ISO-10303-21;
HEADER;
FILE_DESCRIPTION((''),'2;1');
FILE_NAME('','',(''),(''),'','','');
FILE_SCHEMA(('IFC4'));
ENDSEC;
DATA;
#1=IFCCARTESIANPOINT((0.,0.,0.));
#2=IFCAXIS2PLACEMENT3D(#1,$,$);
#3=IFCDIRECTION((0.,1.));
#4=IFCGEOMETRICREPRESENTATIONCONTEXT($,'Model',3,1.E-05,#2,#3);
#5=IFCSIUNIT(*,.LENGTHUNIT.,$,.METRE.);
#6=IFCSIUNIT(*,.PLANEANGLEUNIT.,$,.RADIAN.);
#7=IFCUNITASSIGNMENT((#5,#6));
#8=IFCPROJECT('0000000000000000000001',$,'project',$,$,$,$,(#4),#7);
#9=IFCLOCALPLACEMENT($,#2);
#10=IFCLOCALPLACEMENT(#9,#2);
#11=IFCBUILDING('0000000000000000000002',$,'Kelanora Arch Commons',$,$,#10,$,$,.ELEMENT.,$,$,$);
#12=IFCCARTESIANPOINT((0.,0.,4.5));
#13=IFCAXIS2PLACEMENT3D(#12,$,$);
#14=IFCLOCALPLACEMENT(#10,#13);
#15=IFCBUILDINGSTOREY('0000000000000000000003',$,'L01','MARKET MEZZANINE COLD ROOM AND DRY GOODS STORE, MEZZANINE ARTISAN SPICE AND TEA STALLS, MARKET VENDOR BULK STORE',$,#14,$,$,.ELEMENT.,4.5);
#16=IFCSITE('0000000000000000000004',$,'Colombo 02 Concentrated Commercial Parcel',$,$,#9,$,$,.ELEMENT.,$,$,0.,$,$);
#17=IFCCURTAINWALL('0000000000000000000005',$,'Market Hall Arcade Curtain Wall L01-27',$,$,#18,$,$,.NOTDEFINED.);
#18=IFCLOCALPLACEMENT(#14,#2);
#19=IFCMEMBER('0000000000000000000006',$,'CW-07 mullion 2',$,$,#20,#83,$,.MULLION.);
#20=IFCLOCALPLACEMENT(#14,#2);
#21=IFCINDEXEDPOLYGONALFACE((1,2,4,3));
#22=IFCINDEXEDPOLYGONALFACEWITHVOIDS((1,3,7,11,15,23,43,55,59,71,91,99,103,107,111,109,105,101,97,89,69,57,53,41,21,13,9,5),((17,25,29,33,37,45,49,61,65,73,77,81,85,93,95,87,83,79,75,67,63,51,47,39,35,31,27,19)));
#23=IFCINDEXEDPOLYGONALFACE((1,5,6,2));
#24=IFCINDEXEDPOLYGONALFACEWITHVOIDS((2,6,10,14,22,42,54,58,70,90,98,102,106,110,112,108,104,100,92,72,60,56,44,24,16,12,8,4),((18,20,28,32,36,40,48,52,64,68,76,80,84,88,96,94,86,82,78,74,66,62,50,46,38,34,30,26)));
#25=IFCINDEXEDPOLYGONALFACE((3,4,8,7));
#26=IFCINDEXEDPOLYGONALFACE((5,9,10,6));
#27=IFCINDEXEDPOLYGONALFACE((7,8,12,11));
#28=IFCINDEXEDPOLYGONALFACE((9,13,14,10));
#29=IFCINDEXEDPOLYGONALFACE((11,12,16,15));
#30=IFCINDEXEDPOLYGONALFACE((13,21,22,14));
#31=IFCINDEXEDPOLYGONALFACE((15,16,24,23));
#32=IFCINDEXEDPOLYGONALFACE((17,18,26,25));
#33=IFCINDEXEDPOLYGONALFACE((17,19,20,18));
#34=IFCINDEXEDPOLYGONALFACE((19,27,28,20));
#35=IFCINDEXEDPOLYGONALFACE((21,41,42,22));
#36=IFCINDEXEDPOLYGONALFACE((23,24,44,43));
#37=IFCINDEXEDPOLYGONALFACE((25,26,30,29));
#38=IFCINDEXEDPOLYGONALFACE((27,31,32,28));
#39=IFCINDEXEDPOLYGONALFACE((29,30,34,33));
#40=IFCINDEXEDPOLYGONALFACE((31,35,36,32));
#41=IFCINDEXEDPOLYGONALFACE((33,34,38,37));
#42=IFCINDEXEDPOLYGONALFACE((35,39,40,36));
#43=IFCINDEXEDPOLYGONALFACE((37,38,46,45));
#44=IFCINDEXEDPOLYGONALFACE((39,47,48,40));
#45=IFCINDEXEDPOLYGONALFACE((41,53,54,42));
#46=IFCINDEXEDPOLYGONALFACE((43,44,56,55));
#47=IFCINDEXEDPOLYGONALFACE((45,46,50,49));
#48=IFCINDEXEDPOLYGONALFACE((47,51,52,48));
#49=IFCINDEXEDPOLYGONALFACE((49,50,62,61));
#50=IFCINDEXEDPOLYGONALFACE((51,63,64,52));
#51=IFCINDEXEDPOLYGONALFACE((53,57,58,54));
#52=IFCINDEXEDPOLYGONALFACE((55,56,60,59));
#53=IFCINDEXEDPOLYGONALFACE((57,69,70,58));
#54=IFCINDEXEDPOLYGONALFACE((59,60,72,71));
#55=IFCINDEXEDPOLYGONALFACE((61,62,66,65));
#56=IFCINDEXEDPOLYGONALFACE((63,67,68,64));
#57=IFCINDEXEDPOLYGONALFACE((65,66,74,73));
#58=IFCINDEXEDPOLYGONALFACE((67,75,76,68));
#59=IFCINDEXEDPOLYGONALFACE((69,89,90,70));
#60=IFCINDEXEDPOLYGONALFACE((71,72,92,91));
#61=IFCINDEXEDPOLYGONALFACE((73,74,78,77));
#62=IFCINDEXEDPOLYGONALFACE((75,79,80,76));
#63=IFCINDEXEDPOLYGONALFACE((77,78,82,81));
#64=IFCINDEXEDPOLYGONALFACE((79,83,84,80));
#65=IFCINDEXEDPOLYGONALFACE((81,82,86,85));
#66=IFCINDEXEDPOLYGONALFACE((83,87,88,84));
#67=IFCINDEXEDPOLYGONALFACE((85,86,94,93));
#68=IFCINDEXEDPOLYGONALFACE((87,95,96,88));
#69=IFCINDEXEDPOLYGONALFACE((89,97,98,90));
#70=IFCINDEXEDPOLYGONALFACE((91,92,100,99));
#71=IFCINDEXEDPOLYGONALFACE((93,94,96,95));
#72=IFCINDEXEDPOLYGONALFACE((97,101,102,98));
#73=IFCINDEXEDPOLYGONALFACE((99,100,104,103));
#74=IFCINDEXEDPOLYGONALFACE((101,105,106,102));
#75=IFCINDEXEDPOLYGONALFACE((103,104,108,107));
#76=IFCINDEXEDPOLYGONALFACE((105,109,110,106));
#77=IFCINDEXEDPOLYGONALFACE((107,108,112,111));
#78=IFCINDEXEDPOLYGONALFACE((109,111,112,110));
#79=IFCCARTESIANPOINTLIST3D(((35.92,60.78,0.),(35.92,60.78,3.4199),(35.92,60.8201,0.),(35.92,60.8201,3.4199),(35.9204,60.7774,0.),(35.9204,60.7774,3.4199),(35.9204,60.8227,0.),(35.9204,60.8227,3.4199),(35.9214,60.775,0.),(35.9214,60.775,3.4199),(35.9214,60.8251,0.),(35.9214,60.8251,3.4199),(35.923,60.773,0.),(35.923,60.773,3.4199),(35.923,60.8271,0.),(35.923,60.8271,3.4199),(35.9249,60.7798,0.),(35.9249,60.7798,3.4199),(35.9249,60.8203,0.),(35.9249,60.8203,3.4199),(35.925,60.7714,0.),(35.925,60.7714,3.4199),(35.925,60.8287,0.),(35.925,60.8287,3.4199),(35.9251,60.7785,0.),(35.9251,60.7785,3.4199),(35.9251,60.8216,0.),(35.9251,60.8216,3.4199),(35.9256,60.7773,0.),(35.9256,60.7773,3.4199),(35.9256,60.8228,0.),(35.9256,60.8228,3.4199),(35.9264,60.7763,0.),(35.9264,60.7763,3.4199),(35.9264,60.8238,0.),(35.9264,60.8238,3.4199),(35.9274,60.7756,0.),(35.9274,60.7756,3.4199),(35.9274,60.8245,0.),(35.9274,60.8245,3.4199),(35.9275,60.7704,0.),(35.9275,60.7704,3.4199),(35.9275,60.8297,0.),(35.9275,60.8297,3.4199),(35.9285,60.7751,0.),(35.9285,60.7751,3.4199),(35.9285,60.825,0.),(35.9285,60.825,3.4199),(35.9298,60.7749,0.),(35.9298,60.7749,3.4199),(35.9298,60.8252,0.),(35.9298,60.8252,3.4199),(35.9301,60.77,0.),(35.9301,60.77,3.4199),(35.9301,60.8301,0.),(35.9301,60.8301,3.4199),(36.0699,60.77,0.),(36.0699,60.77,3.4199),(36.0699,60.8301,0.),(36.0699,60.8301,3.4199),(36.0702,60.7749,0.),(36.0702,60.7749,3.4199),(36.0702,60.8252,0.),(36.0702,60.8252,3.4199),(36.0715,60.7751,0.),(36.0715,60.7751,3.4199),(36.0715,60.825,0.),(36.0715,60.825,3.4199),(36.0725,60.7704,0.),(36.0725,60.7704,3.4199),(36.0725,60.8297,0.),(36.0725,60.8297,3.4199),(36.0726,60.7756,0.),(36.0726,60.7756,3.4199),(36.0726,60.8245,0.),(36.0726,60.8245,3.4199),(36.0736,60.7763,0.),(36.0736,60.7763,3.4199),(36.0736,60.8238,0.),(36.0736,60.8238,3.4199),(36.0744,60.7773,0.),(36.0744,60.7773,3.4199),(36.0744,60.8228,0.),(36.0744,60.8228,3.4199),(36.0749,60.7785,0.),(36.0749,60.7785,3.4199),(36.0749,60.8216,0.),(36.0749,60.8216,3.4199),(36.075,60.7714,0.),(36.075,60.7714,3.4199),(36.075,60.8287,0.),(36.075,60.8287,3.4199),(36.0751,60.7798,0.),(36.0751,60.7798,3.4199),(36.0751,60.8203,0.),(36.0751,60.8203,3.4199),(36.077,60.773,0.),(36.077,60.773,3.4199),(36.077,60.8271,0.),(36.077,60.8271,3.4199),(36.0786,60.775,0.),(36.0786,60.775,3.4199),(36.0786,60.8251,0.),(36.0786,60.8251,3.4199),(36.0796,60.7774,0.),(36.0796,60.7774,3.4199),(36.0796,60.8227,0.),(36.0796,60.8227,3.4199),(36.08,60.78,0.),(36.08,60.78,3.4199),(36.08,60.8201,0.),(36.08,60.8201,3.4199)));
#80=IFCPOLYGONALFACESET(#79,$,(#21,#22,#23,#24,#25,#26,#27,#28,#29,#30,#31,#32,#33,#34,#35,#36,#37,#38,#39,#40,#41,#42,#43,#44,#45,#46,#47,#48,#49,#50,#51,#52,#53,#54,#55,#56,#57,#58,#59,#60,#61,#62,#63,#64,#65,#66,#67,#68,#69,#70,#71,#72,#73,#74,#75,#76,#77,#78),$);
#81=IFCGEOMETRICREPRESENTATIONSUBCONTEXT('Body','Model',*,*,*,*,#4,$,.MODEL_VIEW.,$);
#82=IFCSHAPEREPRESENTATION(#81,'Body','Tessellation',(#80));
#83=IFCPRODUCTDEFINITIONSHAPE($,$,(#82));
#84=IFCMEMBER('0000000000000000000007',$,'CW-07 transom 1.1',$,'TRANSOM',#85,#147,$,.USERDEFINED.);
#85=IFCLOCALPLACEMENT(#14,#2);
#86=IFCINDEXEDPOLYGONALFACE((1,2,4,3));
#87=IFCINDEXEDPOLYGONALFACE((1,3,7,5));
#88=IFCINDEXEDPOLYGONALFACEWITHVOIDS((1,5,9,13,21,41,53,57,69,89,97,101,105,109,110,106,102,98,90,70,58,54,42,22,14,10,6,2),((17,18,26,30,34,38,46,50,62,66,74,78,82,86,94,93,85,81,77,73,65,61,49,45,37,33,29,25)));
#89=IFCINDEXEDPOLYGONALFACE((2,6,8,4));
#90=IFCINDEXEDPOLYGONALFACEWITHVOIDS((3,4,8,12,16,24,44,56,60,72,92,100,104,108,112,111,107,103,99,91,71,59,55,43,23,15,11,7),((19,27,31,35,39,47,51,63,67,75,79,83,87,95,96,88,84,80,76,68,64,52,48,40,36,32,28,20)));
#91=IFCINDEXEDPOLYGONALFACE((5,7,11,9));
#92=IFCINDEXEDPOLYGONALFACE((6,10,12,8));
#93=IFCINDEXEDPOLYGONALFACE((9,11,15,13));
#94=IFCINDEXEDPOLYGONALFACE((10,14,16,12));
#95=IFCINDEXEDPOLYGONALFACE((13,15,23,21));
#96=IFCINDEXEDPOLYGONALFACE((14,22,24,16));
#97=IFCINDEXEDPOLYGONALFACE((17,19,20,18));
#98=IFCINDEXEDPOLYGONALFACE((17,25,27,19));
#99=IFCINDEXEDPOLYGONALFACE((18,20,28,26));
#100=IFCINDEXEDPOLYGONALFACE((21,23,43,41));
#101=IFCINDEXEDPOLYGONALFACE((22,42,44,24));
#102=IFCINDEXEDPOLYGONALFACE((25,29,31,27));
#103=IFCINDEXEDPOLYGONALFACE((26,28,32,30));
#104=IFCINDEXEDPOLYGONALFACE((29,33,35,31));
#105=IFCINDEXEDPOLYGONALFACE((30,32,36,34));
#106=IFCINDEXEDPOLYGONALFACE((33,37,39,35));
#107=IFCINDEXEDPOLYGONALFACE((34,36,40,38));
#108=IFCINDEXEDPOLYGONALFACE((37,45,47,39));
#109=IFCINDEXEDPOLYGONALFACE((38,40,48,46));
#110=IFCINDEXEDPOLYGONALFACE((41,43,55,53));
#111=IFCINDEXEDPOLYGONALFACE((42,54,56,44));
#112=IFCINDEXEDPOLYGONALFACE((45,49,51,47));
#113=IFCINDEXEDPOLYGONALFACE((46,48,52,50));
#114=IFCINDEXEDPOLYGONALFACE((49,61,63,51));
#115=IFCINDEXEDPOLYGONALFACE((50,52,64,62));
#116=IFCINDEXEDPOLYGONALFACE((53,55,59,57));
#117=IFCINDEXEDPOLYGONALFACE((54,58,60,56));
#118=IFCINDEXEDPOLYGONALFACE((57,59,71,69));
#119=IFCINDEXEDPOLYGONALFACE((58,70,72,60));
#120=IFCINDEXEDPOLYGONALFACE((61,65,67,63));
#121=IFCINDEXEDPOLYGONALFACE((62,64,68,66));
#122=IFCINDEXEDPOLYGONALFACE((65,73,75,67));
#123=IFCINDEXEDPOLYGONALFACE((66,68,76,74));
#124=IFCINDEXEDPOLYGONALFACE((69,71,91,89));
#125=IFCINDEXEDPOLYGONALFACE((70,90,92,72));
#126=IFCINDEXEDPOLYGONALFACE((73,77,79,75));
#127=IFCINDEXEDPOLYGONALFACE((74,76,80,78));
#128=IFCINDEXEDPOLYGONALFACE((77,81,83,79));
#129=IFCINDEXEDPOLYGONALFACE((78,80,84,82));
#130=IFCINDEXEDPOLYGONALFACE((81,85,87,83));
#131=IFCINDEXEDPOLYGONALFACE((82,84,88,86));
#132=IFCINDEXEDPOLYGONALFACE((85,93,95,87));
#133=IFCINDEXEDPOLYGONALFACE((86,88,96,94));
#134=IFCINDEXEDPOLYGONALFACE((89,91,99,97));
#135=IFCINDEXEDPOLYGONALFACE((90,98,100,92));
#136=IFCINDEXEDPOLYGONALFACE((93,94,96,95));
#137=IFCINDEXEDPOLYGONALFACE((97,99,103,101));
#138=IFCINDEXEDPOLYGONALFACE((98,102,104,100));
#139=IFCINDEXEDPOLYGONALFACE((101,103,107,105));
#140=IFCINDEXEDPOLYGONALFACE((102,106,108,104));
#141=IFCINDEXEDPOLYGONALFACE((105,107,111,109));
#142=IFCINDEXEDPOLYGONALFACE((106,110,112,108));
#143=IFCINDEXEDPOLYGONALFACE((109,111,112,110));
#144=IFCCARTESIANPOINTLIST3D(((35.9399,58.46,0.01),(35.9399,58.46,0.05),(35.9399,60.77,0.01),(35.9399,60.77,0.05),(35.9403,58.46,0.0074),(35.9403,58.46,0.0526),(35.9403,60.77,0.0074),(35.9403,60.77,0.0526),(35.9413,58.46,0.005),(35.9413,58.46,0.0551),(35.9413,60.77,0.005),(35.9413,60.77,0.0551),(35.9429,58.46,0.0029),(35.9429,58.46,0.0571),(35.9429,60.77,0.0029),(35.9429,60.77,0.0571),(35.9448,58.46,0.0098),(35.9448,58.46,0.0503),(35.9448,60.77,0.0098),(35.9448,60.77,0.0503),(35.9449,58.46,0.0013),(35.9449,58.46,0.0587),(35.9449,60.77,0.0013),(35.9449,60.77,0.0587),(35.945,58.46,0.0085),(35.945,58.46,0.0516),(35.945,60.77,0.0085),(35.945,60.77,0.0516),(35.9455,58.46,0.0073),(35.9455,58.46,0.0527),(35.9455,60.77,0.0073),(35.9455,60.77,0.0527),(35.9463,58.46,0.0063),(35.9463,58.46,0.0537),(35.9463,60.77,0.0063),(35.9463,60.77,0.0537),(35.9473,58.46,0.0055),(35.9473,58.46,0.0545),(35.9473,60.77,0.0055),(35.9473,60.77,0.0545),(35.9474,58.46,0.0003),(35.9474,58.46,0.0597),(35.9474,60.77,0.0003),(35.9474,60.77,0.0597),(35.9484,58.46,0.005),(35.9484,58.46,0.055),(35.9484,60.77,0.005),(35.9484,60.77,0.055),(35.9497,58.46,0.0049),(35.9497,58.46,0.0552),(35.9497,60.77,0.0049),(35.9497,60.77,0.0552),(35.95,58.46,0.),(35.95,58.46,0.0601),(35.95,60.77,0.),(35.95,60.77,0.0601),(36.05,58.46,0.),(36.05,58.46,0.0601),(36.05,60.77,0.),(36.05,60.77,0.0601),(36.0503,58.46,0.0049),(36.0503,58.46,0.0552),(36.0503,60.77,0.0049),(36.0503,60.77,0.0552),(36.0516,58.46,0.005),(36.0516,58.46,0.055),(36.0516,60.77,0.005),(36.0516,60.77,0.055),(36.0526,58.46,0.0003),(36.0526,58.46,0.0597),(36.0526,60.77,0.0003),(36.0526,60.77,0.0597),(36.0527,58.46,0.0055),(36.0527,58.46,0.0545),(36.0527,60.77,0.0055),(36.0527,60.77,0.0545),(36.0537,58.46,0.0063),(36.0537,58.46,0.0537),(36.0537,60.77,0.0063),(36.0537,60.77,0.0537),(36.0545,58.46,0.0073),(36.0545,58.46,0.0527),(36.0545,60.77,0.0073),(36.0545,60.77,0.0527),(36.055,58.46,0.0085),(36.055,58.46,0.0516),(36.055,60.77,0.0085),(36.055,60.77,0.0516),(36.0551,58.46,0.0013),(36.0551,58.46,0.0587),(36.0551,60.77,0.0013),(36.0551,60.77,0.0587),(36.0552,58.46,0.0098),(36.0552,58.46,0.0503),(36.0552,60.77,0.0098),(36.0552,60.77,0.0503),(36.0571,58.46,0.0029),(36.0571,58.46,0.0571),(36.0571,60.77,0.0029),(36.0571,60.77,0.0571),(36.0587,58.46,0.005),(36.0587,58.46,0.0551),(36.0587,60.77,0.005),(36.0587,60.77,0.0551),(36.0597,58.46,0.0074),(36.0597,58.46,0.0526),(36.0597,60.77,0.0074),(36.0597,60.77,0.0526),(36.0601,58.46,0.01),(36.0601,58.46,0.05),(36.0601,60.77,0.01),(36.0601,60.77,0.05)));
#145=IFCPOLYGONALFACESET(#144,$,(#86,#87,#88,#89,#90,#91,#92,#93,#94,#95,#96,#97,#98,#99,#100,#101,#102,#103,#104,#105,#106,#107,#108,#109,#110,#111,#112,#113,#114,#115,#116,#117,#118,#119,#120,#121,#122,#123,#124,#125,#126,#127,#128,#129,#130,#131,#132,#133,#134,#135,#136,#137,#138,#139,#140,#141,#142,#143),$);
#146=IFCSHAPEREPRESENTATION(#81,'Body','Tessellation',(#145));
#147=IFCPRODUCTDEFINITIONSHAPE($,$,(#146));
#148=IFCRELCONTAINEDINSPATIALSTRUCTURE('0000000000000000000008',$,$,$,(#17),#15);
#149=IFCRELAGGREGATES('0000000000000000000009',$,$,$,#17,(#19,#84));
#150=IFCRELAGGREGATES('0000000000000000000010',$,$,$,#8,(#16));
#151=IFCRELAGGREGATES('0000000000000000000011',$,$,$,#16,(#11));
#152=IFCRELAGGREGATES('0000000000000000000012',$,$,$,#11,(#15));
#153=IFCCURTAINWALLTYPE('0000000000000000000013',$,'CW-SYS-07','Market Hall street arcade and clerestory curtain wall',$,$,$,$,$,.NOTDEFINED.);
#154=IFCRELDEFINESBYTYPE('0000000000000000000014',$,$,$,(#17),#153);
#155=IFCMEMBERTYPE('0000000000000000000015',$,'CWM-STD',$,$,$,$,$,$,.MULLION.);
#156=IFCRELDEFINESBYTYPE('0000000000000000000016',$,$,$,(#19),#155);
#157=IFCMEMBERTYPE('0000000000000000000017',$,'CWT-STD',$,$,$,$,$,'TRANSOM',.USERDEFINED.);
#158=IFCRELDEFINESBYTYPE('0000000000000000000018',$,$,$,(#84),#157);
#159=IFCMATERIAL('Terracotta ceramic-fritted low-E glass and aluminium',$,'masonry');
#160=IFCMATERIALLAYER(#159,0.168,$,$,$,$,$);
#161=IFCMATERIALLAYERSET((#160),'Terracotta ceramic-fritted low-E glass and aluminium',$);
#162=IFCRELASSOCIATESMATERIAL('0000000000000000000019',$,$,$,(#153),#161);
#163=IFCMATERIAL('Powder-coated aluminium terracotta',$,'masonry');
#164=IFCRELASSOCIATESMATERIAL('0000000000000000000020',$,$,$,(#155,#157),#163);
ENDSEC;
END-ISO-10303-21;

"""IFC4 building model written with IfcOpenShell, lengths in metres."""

from ifc_helpers import new_model, si_unit, direction, frame, origin, origin_2d, place, context, subcontext, project, spatial, hollow_rectangle, extrude, material, layer, layer_set, material_profile, profile_set, type_object, element, aggregate, save


model = new_model("IFC4")

# Units and contexts
model_context = context("Model", 3, precision=1e-05, world=origin(), true_north=direction((0.0, 1.0)))
body_context = subcontext(model_context, "Body", "Model", "MODEL_VIEW")
ifc_project = project(units=[si_unit("LENGTHUNIT", "METRE"), si_unit("PLANEANGLEUNIT", "RADIAN")], contexts=[model_context])

# Site, building, storey
site_placement = place(None, origin())
site = spatial("IfcSite", under=ifc_project, at=site_placement, Name="Colombo 02 Concentrated Commercial Parcel", CompositionType="ELEMENT", RefElevation=0.0)
building_placement = place(site_placement, origin())
building = spatial("IfcBuilding", under=site, at=building_placement, Name="Kelanora Arch Commons", CompositionType="ELEMENT")
storey_placement = place(building_placement, frame((0.0, 0.0, 4.5)))
storey = spatial("IfcBuildingStorey", under=building, at=storey_placement, Name="L01", Description="MARKET MEZZANINE COLD ROOM AND DRY GOODS STORE, MEZZANINE ARTISAN SPICE AND TEA STALLS, MARKET VENDOR BULK STORE", CompositionType="ELEMENT", Elevation=4.5)

# Curtain wall, members
ifc_material_1 = material(Name="Terracotta ceramic-fritted low-E glass and aluminium", Category="masonry")
ifc_layer_1 = layer(ifc_material_1, 0.168)
ifc_layer_set_1 = layer_set([ifc_layer_1], Name="Terracotta ceramic-fritted low-E glass and aluminium")
curtain_wall_type = type_object("IfcCurtainWallType", Name="CW-SYS-07", Description="Market Hall street arcade and clerestory curtain wall", PredefinedType="NOTDEFINED", material=ifc_layer_set_1)
curtain_wall_placement = place(storey_placement, origin())
curtain_wall = element("IfcCurtainWall", 1, at=curtain_wall_placement, inside=storey, type_object=curtain_wall_type, Name="Market Hall Arcade Curtain Wall L01-27", PredefinedType="NOTDEFINED")
ifc_material_2 = material(Name="Powder-coated aluminium terracotta", Category="masonry")
ifc_material_profile_1 = material_profile(ifc_material_2, hollow_rectangle(XDim=0.1599, YDim=0.0601, WallThickness=0.0049, InnerFilletRadius=0.0049, OuterFilletRadius=0.01, at=origin_2d()), Name="CWM160x60")
ifc_profile_set_1 = profile_set([ifc_material_profile_1], Name="Powder-coated aluminium terracotta")
member_type_1 = type_object("IfcMemberType", Name="CWM-STD", PredefinedType="MULLION", material=ifc_profile_set_1)
member_1_placement = place(storey_placement, frame((36.0, 60.8, 0.0), z_axis=(0.0, 0.0, 1.0), x_axis=(-1.0, 0.0, 0.0)))
member_1 = element("IfcMember", 2, at=member_1_placement, type_object=member_type_1, Name="CW-07 mullion 2", PredefinedType="MULLION", context=body_context, shape_type="SweptSolid", body=[
    extrude(hollow_rectangle(XDim=0.1599, YDim=0.0601, WallThickness=0.0049, InnerFilletRadius=0.0049, OuterFilletRadius=0.01, at=origin_2d()), origin(), (0.0, 0.0, 1.0), 3.4199),
])
ifc_material_profile_2 = material_profile(ifc_material_2, hollow_rectangle(XDim=0.1201, YDim=0.0601, WallThickness=0.0049, InnerFilletRadius=0.0049, OuterFilletRadius=0.01, at=origin_2d()), Name="CWT120x60")
ifc_profile_set_2 = profile_set([ifc_material_profile_2], Name="Powder-coated aluminium terracotta")
member_type_2 = type_object("IfcMemberType", Name="CWT-STD", ElementType="TRANSOM", PredefinedType="USERDEFINED", material=ifc_profile_set_2)
member_2_placement = place(storey_placement, frame((36.0, 58.46, 0.03), z_axis=(0.0, 1.0, 0.0), x_axis=(-1.0, 0.0, 0.0)))
member_2 = element("IfcMember", 3, at=member_2_placement, type_object=member_type_2, Name="CW-07 transom 1.1", ObjectType="TRANSOM", PredefinedType="USERDEFINED", context=body_context, shape_type="SweptSolid", body=[
    extrude(hollow_rectangle(XDim=0.1201, YDim=0.0601, WallThickness=0.0049, InnerFilletRadius=0.0049, OuterFilletRadius=0.01, at=origin_2d()), origin(), (0.0, 0.0, 1.0), 2.3101),
])
aggregate(curtain_wall, [member_1, member_2])

save(model, "model.ifc")
